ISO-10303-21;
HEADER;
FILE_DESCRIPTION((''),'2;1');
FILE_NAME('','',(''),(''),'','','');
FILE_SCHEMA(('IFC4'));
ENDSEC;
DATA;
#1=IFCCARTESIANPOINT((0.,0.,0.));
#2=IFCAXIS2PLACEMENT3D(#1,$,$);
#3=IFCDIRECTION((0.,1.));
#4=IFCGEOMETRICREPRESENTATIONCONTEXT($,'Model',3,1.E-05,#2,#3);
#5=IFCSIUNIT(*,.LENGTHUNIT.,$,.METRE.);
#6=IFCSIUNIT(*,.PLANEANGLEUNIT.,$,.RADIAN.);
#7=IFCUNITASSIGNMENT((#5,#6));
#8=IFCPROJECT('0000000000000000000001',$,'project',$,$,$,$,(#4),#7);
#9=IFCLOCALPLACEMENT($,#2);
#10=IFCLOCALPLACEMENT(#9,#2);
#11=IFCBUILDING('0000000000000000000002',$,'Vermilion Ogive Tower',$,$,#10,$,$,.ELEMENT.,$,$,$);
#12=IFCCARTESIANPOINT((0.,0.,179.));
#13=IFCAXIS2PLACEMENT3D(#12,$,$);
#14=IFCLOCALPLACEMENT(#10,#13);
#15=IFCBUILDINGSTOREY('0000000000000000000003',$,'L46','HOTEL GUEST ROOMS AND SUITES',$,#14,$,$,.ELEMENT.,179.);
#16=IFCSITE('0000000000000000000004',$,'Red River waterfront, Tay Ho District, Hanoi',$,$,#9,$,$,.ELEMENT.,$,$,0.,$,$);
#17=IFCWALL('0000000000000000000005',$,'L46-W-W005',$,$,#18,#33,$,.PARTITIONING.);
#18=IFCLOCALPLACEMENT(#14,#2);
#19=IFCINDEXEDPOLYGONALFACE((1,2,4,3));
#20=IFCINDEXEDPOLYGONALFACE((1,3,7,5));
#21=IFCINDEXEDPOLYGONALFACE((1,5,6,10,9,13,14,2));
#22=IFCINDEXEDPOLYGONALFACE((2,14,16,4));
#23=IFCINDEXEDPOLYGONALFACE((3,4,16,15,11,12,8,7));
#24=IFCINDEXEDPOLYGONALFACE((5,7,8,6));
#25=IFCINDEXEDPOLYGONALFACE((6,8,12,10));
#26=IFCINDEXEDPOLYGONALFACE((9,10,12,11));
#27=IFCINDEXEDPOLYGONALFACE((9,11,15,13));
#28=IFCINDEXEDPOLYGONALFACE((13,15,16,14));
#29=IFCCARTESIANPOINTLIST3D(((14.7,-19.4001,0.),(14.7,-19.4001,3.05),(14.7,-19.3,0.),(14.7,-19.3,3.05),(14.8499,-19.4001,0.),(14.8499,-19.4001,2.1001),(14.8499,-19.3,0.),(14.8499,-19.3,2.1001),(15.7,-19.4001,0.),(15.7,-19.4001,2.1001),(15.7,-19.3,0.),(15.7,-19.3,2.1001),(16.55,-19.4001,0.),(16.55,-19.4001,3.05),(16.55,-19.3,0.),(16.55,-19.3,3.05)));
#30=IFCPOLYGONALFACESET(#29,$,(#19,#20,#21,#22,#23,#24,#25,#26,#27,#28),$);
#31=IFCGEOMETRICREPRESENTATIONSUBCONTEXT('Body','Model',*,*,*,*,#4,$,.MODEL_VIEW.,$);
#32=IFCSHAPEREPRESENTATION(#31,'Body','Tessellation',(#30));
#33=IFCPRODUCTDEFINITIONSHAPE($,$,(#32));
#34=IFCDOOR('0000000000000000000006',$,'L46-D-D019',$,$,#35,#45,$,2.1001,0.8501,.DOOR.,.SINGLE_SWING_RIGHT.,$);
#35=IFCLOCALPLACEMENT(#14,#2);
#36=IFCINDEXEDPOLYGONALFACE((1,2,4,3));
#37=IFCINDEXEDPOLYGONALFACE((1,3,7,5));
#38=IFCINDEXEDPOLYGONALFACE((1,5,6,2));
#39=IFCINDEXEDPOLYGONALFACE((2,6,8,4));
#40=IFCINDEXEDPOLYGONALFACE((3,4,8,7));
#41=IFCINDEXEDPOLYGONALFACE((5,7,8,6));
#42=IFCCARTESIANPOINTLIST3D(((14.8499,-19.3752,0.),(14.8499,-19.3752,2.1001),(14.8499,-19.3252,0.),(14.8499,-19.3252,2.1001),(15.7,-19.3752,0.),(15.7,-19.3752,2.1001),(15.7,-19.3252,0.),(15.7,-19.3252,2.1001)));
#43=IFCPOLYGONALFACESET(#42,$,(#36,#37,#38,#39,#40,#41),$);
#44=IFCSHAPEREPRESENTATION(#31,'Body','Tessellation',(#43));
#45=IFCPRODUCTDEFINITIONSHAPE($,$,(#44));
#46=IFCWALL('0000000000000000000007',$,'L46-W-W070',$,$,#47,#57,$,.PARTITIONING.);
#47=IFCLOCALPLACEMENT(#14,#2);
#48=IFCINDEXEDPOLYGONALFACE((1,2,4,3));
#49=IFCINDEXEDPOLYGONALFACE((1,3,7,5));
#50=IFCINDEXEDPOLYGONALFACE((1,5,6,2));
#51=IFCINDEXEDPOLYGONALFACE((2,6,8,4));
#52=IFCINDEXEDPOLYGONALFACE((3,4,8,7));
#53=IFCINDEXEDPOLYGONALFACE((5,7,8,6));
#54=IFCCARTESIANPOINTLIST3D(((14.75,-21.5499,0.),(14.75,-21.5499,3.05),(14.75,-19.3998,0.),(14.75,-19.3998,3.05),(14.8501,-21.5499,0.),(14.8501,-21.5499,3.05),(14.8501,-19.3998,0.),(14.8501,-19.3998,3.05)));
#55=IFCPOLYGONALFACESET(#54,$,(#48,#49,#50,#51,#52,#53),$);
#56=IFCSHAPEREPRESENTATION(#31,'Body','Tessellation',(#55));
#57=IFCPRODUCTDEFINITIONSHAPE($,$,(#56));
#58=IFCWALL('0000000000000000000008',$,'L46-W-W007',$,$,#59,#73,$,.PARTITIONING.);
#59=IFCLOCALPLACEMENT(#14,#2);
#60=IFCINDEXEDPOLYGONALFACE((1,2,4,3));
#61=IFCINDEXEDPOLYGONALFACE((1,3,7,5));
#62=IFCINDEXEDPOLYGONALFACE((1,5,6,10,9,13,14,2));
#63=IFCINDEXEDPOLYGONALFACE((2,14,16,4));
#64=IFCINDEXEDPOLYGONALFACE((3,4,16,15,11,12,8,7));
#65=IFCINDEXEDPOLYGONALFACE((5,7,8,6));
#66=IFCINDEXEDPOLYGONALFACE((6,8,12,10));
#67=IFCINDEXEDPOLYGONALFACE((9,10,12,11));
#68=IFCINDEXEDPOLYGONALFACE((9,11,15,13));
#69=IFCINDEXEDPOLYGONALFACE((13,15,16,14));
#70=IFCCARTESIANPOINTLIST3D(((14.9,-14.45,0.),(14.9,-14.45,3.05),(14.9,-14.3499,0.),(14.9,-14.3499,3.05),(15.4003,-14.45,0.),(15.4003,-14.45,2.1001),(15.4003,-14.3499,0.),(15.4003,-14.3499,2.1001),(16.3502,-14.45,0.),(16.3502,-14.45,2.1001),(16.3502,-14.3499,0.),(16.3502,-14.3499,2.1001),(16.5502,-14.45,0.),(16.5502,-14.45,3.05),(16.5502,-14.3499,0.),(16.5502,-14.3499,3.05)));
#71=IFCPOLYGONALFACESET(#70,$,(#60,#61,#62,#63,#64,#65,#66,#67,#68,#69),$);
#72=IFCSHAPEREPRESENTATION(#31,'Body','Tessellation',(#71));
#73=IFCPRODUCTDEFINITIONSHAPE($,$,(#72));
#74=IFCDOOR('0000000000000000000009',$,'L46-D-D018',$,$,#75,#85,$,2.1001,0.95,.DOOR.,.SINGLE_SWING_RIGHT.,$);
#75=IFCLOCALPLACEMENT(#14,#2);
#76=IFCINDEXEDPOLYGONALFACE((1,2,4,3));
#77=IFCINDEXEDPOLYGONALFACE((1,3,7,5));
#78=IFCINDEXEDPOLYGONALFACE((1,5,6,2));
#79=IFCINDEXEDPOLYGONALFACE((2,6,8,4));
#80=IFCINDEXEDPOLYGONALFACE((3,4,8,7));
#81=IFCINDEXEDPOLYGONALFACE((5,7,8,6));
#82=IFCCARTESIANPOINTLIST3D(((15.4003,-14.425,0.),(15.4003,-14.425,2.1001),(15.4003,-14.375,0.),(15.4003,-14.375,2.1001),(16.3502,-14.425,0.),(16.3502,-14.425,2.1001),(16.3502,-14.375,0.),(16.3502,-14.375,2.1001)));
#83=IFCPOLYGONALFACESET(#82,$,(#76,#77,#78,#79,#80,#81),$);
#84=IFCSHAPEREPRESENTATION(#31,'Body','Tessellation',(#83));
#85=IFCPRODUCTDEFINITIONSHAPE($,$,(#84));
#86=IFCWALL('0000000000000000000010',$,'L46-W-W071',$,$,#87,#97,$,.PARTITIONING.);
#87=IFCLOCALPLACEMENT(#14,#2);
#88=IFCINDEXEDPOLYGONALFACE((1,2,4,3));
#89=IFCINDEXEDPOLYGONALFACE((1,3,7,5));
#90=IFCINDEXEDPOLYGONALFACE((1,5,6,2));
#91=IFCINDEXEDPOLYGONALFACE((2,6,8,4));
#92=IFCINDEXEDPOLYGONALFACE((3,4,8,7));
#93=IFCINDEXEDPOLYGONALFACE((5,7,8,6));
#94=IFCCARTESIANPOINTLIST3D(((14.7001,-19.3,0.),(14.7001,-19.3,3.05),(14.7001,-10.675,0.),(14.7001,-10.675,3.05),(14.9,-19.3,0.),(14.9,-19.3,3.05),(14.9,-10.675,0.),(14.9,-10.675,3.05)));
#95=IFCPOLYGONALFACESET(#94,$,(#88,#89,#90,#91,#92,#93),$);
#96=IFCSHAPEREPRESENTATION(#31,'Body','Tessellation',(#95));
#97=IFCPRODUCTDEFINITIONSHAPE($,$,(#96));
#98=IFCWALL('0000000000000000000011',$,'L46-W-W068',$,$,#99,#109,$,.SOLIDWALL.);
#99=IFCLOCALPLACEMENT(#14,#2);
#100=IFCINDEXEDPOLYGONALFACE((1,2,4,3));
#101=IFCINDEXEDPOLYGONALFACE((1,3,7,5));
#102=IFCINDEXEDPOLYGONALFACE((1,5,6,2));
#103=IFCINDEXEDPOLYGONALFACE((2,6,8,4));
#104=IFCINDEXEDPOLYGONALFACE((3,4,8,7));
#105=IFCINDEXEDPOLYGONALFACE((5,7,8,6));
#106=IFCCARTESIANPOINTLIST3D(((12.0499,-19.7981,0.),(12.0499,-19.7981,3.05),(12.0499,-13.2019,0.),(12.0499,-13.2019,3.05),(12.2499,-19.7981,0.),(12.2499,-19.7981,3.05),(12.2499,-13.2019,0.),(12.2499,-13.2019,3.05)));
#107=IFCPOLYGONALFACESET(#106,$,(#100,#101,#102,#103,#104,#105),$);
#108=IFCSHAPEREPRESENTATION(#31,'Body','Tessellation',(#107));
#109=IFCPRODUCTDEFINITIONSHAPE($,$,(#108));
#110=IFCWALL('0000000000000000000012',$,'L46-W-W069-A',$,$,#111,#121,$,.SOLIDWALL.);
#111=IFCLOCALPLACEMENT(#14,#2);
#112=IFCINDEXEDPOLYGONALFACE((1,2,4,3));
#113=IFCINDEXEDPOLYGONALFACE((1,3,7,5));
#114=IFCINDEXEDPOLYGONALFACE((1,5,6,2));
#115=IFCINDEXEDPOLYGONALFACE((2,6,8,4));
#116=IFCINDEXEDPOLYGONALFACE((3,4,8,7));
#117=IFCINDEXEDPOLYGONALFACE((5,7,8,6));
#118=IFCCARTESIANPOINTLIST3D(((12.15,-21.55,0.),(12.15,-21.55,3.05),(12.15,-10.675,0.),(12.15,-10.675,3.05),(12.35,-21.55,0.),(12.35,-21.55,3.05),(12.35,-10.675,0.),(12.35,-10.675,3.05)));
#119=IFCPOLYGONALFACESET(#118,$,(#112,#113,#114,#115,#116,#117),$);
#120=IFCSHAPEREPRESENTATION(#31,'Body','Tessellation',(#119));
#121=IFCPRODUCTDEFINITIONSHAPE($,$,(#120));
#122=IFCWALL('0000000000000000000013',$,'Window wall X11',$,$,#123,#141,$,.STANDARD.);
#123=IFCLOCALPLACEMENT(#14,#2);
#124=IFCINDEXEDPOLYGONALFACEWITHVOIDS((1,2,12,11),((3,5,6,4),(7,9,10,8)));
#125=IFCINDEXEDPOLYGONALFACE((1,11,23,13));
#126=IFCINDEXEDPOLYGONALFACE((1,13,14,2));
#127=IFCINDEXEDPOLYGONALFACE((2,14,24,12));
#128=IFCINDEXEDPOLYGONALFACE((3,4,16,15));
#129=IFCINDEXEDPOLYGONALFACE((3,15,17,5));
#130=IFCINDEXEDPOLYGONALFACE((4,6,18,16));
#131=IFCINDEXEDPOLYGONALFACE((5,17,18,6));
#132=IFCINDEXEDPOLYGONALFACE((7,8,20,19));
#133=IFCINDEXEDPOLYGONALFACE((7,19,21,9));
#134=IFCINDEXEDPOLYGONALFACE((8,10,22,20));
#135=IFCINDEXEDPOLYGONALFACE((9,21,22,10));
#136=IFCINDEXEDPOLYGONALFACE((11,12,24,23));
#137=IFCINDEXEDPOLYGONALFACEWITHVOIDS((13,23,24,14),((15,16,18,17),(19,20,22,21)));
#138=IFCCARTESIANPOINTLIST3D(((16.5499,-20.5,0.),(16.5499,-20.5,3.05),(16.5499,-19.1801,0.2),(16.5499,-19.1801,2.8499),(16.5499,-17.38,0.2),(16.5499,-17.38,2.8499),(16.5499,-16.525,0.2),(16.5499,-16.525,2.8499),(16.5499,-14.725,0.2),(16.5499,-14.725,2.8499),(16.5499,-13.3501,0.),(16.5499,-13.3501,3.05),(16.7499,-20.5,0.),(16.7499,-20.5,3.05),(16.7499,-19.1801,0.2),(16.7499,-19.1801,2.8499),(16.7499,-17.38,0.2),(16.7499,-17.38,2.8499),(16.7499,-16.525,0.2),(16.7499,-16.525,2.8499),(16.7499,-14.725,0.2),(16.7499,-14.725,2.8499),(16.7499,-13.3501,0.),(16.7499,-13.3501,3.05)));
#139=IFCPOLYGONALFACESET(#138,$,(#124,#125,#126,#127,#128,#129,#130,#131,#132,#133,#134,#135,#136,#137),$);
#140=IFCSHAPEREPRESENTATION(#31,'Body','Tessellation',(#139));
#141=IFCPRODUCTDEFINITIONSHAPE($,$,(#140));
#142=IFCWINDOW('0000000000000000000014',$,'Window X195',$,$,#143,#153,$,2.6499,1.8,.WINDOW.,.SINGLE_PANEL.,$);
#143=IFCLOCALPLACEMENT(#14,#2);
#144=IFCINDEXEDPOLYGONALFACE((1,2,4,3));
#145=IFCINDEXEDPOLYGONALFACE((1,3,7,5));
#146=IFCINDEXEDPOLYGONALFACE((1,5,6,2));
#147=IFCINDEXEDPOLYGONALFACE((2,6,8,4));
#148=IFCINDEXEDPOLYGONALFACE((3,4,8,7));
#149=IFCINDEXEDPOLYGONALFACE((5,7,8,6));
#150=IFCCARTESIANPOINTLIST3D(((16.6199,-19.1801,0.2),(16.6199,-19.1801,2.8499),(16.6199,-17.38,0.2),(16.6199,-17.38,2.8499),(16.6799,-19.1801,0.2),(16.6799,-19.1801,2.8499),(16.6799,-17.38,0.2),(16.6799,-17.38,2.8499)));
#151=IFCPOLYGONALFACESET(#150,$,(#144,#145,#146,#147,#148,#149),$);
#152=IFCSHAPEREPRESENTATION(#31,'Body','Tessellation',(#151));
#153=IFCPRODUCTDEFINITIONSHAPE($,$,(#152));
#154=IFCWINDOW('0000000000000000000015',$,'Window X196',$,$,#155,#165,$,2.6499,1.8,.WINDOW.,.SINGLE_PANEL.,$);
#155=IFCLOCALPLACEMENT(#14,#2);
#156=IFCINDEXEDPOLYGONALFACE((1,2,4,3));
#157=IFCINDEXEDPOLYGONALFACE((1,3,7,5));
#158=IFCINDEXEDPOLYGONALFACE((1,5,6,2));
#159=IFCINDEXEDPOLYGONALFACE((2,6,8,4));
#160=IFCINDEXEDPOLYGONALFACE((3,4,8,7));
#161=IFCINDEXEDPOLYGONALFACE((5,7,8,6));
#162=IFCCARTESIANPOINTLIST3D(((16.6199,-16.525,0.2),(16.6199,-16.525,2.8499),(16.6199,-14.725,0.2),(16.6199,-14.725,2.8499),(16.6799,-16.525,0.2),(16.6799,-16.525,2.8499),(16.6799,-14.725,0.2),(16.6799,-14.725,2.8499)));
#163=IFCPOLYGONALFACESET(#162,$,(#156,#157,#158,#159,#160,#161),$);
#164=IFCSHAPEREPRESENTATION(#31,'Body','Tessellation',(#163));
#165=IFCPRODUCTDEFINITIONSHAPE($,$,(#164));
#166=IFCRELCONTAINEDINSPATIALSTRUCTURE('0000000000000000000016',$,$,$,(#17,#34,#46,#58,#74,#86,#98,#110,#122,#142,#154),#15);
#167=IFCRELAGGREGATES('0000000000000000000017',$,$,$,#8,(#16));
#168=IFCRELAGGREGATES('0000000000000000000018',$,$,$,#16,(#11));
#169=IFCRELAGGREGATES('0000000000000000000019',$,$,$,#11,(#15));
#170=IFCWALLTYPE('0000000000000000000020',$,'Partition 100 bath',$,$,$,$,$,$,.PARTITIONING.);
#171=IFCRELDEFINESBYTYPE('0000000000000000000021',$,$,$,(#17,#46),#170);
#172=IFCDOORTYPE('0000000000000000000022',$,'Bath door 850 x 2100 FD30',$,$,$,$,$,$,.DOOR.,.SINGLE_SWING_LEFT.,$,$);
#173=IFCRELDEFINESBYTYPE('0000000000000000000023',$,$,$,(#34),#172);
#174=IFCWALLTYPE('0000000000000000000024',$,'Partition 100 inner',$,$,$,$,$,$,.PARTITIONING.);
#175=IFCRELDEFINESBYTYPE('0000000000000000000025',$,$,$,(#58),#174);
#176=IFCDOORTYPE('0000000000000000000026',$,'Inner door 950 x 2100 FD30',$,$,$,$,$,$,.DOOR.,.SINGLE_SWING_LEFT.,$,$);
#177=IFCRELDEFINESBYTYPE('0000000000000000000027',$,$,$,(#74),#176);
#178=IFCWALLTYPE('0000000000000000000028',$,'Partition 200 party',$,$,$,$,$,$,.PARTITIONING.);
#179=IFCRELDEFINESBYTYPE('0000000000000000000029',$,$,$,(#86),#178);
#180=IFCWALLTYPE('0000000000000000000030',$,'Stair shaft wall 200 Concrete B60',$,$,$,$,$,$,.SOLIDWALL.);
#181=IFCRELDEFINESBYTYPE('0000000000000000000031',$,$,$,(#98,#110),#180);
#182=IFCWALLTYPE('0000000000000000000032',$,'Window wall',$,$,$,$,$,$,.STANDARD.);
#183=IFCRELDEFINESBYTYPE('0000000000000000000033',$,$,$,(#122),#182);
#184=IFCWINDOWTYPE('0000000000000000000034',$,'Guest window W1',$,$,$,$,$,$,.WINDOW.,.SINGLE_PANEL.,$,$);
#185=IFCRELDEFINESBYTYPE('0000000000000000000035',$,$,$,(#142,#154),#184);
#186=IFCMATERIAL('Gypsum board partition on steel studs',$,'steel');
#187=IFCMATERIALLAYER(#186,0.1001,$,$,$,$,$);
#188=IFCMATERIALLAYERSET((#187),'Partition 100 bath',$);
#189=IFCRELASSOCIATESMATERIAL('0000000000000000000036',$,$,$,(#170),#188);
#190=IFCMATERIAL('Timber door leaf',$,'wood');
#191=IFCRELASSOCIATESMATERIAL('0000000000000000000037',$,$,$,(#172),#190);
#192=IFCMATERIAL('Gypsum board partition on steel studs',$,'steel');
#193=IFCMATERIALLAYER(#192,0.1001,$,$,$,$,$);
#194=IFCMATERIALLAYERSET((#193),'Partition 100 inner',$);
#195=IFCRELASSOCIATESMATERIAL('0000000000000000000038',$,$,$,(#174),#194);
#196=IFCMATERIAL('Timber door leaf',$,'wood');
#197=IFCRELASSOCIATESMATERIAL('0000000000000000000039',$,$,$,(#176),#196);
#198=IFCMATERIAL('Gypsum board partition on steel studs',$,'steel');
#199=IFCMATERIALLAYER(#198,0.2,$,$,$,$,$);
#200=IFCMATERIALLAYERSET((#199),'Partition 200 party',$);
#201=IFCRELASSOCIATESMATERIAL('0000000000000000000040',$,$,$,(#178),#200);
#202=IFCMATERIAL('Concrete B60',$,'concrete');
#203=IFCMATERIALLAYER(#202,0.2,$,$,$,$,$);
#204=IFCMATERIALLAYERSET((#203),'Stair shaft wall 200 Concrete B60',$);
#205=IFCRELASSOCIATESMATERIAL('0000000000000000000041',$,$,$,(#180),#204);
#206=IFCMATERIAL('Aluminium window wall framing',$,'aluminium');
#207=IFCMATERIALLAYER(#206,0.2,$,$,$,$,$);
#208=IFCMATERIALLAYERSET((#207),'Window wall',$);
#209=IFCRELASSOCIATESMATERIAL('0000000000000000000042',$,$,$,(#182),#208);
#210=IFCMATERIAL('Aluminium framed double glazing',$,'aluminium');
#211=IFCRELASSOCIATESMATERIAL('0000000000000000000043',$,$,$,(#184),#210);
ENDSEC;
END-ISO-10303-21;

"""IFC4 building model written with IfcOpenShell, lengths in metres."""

from ifc_helpers import new_model, si_unit, direction, frame, frame_2d, origin, place, context, subcontext, project, spatial, rectangle, extrude, material, layer, layer_set, type_object, element, fill, save


model = new_model("IFC4")

# Units and contexts
model_context = context("Model", 3, precision=1e-05, world=origin(), true_north=direction((0.0, 1.0)))
body_context = subcontext(model_context, "Body", "Model", "MODEL_VIEW")
ifc_project = project(units=[si_unit("LENGTHUNIT", "METRE"), si_unit("PLANEANGLEUNIT", "RADIAN")], contexts=[model_context])

# Site, building, storey
site_placement = place(None, origin())
site = spatial("IfcSite", under=ifc_project, at=site_placement, Name="Red River waterfront, Tay Ho District, Hanoi", CompositionType="ELEMENT", RefElevation=0.0)
building_placement = place(site_placement, origin())
building = spatial("IfcBuilding", under=site, at=building_placement, Name="Vermilion Ogive Tower", CompositionType="ELEMENT")
storey_placement = place(building_placement, frame((0.0, 0.0, 179.0)))
storey = spatial("IfcBuildingStorey", under=building, at=storey_placement, Name="L46", Description="HOTEL GUEST ROOMS AND SUITES", CompositionType="ELEMENT", Elevation=179.0)

# Wall, opening, door
ifc_material_1 = material(Name="Gypsum board partition on steel studs", Category="steel")
ifc_layer_1 = layer(ifc_material_1, 0.1001)
ifc_layer_set_1 = layer_set([ifc_layer_1], Name="Partition 100 bath")
wall_type_1 = type_object("IfcWallType", Name="Partition 100 bath", PredefinedType="PARTITIONING", material=ifc_layer_set_1)
wall_1_placement = place(storey_placement, frame((14.7, -19.3501, 0.0), z_axis=(0.0, 0.0, 1.0), x_axis=(1.0, 0.0, 0.0)))
wall_1 = element("IfcWall", 1, at=wall_1_placement, inside=storey, type_object=wall_type_1, Name="L46-W-W005", PredefinedType="PARTITIONING", context=body_context, shape_type="SweptSolid", body=[
    extrude(rectangle(XDim=1.8501, YDim=0.1001, at=frame_2d((0.925, 0.0))), origin(), (0.0, 0.0, 1.0), 3.05),
])
opening_1_placement = place(wall_1_placement, frame((0.1499, 0.0, 0.0)))
opening_1 = element("IfcOpeningElement", 2, at=opening_1_placement, cuts=wall_1, PredefinedType="OPENING", context=body_context, shape_type="SweptSolid", body=[
    extrude(rectangle(XDim=0.8501, YDim=2.1001, at=frame_2d((0.425, 1.05))), frame((0.0, 0.0601, 0.0), z_axis=(0.0, -1.0, 0.0), x_axis=(1.0, 0.0, 0.0)), (0.0, 0.0, 1.0), 0.1201),
])
ifc_material_2 = material(Name="Timber door leaf", Category="wood")
door_type_1 = type_object("IfcDoorType", Name="Bath door 850 x 2100 FD30", OperationType="SINGLE_SWING_LEFT", PredefinedType="DOOR", material=ifc_material_2)
door_1_placement = place(opening_1_placement, origin())
door_1 = element("IfcDoor", 3, at=door_1_placement, inside=storey, type_object=door_type_1, Name="L46-D-D019", OperationType="SINGLE_SWING_RIGHT", OverallHeight=2.1001, OverallWidth=0.8501, PredefinedType="DOOR", context=body_context, shape_type="SweptSolid", body=[
    extrude(rectangle(XDim=0.8501, YDim=2.1001, at=frame_2d((0.425, 1.05))), frame((0.0, 0.0249, 0.0), z_axis=(0.0, -1.0, 0.0), x_axis=(1.0, 0.0, 0.0)), (0.0, 0.0, 1.0), 0.05),
])
fill(opening_1, door_1)

# Wall
wall_2_placement = place(storey_placement, frame((14.8, -21.55, 0.0), z_axis=(0.0, 0.0, 1.0), x_axis=(0.0, 1.0, 0.0)))
element("IfcWall", 4, at=wall_2_placement, inside=storey, type_object=wall_type_1, Name="L46-W-W070", PredefinedType="PARTITIONING", context=body_context, shape_type="SweptSolid", body=[
    extrude(rectangle(XDim=2.1501, YDim=0.1001, at=frame_2d((1.0752, 0.0))), origin(), (0.0, 0.0, 1.0), 3.05),
])

# Wall, opening, door
ifc_material_3 = material(Name="Gypsum board partition on steel studs", Category="steel")
ifc_layer_2 = layer(ifc_material_3, 0.1001)
ifc_layer_set_2 = layer_set([ifc_layer_2], Name="Partition 100 inner")
wall_type_2 = type_object("IfcWallType", Name="Partition 100 inner", PredefinedType="PARTITIONING", material=ifc_layer_set_2)
wall_3_placement = place(storey_placement, frame((14.8999, -14.3999, 0.0), z_axis=(0.0, 0.0, 1.0), x_axis=(1.0, 0.0, 0.0)))
wall_3 = element("IfcWall", 5, at=wall_3_placement, inside=storey, type_object=wall_type_2, Name="L46-W-W007", PredefinedType="PARTITIONING", context=body_context, shape_type="SweptSolid", body=[
    extrude(rectangle(XDim=1.6501, YDim=0.1001, at=frame_2d((0.8252, 0.0))), origin(), (0.0, 0.0, 1.0), 3.05),
])
opening_2_placement = place(wall_3_placement, frame((0.5002, 0.0, 0.0)))
opening_2 = element("IfcOpeningElement", 6, at=opening_2_placement, cuts=wall_3, PredefinedType="OPENING", context=body_context, shape_type="SweptSolid", body=[
    extrude(rectangle(XDim=0.95, YDim=2.1001, at=frame_2d((0.4751, 1.05))), frame((0.0, 0.0601, 0.0), z_axis=(0.0, -1.0, 0.0), x_axis=(1.0, 0.0, 0.0)), (0.0, 0.0, 1.0), 0.1201),
])
ifc_material_4 = material(Name="Timber door leaf", Category="wood")
door_type_2 = type_object("IfcDoorType", Name="Inner door 950 x 2100 FD30", OperationType="SINGLE_SWING_LEFT", PredefinedType="DOOR", material=ifc_material_4)
door_2_placement = place(opening_2_placement, origin())
door_2 = element("IfcDoor", 7, at=door_2_placement, inside=storey, type_object=door_type_2, Name="L46-D-D018", OperationType="SINGLE_SWING_RIGHT", OverallHeight=2.1001, OverallWidth=0.95, PredefinedType="DOOR", context=body_context, shape_type="SweptSolid", body=[
    extrude(rectangle(XDim=0.95, YDim=2.1001, at=frame_2d((0.4751, 1.05))), frame((0.0, 0.0249, 0.0), z_axis=(0.0, -1.0, 0.0), x_axis=(1.0, 0.0, 0.0)), (0.0, 0.0, 1.0), 0.05),
])
fill(opening_2, door_2)

# Walls
ifc_material_5 = material(Name="Gypsum board partition on steel studs", Category="steel")
ifc_layer_3 = layer(ifc_material_5, 0.2)
ifc_layer_set_3 = layer_set([ifc_layer_3], Name="Partition 200 party")
wall_type_3 = type_object("IfcWallType", Name="Partition 200 party", PredefinedType="PARTITIONING", material=ifc_layer_set_3)
wall_4_placement = place(storey_placement, frame((14.8, -19.3, 0.0), z_axis=(0.0, 0.0, 1.0), x_axis=(0.0, 1.0, 0.0)))
element("IfcWall", 8, at=wall_4_placement, inside=storey, type_object=wall_type_3, Name="L46-W-W071", PredefinedType="PARTITIONING", context=body_context, shape_type="SweptSolid", body=[
    extrude(rectangle(XDim=8.625, YDim=0.2, at=frame_2d((4.3125, 0.0))), origin(), (0.0, 0.0, 1.0), 3.05),
])
ifc_material_6 = material(Name="Concrete B60", Category="concrete")
ifc_layer_4 = layer(ifc_material_6, 0.2)
ifc_layer_set_4 = layer_set([ifc_layer_4], Name="Stair shaft wall 200 Concrete B60")
wall_type_4 = type_object("IfcWallType", Name="Stair shaft wall 200 Concrete B60", PredefinedType="SOLIDWALL", material=ifc_layer_set_4)
wall_5_placement = place(storey_placement, frame((12.1499, -19.7981, 0.0), z_axis=(0.0, 0.0, 1.0), x_axis=(0.0, 1.0, 0.0)))
element("IfcWall", 9, at=wall_5_placement, inside=storey, type_object=wall_type_4, Name="L46-W-W068", PredefinedType="SOLIDWALL", context=body_context, shape_type="SweptSolid", body=[
    extrude(rectangle(XDim=6.5962, YDim=0.2, at=frame_2d((3.2981, 0.0))), origin(), (0.0, 0.0, 1.0), 3.05),
])
wall_6_placement = place(storey_placement, frame((12.25, -21.55, 0.0), z_axis=(0.0, 0.0, 1.0), x_axis=(0.0, 1.0, 0.0)))
element("IfcWall", 10, at=wall_6_placement, inside=storey, type_object=wall_type_4, Name="L46-W-W069-A", PredefinedType="SOLIDWALL", context=body_context, shape_type="SweptSolid", body=[
    extrude(rectangle(XDim=10.875, YDim=0.2, at=frame_2d((5.4375, 0.0))), origin(), (0.0, 0.0, 1.0), 3.05),
])

# Wall, openings, windows
ifc_material_7 = material(Name="Aluminium window wall framing", Category="aluminium")
ifc_layer_5 = layer(ifc_material_7, 0.2)
ifc_layer_set_5 = layer_set([ifc_layer_5], Name="Window wall")
wall_type_5 = type_object("IfcWallType", Name="Window wall", PredefinedType="STANDARD", material=ifc_layer_set_5)
wall_7_placement = place(storey_placement, frame((16.6499, -20.5, 0.0), z_axis=(0.0, 0.0, 1.0), x_axis=(0.0, 1.0, 0.0)))
wall_7 = element("IfcWall", 11, at=wall_7_placement, inside=storey, type_object=wall_type_5, Name="Window wall X11", PredefinedType="STANDARD", context=body_context, shape_type="SweptSolid", body=[
    extrude(rectangle(XDim=7.1499, YDim=0.2, at=frame_2d((3.575, 0.0))), origin(), (0.0, 0.0, 1.0), 3.05),
])
opening_3_placement = place(wall_7_placement, frame((1.3201, 0.0, 0.2)))
opening_3 = element("IfcOpeningElement", 12, at=opening_3_placement, cuts=wall_7, PredefinedType="OPENING", context=body_context, shape_type="SweptSolid", body=[
    extrude(rectangle(XDim=1.8, YDim=2.6499, at=frame_2d((0.8999, 1.325))), frame((0.0, 0.1099, 0.0), z_axis=(0.0, -1.0, 0.0), x_axis=(1.0, 0.0, 0.0)), (0.0, 0.0, 1.0), 0.22),
])
opening_4_placement = place(wall_7_placement, frame((3.9751, 0.0, 0.2)))
opening_4 = element("IfcOpeningElement", 13, at=opening_4_placement, cuts=wall_7, PredefinedType="OPENING", context=body_context, shape_type="SweptSolid", body=[
    extrude(rectangle(XDim=1.8, YDim=2.6499, at=frame_2d((0.8999, 1.325))), frame((0.0, 0.1099, 0.0), z_axis=(0.0, -1.0, 0.0), x_axis=(1.0, 0.0, 0.0)), (0.0, 0.0, 1.0), 0.22),
])
ifc_material_8 = material(Name="Aluminium framed double glazing", Category="aluminium")
window_type = type_object("IfcWindowType", Name="Guest window W1", PartitioningType="SINGLE_PANEL", PredefinedType="WINDOW", material=ifc_material_8)
window_1_placement = place(opening_3_placement, origin())
window_1 = element("IfcWindow", 14, at=window_1_placement, inside=storey, type_object=window_type, Name="Window X195", OverallHeight=2.6499, OverallWidth=1.8, PartitioningType="SINGLE_PANEL", PredefinedType="WINDOW", context=body_context, shape_type="SweptSolid", body=[
    extrude(rectangle(XDim=1.8, YDim=2.6499, at=frame_2d((0.8999, 1.325))), frame((0.0, 0.03, 0.0), z_axis=(0.0, -1.0, 0.0), x_axis=(1.0, 0.0, 0.0)), (0.0, 0.0, 1.0), 0.0601),
])
fill(opening_3, window_1)
window_2_placement = place(opening_4_placement, origin())
window_2 = element("IfcWindow", 15, at=window_2_placement, inside=storey, type_object=window_type, Name="Window X196", OverallHeight=2.6499, OverallWidth=1.8, PartitioningType="SINGLE_PANEL", PredefinedType="WINDOW", context=body_context, shape_type="SweptSolid", body=[
    extrude(rectangle(XDim=1.8, YDim=2.6499, at=frame_2d((0.8999, 1.325))), frame((0.0, 0.03, 0.0), z_axis=(0.0, -1.0, 0.0), x_axis=(1.0, 0.0, 0.0)), (0.0, 0.0, 1.0), 0.0601),
])
fill(opening_4, window_2)

save(model, "model.ifc")
